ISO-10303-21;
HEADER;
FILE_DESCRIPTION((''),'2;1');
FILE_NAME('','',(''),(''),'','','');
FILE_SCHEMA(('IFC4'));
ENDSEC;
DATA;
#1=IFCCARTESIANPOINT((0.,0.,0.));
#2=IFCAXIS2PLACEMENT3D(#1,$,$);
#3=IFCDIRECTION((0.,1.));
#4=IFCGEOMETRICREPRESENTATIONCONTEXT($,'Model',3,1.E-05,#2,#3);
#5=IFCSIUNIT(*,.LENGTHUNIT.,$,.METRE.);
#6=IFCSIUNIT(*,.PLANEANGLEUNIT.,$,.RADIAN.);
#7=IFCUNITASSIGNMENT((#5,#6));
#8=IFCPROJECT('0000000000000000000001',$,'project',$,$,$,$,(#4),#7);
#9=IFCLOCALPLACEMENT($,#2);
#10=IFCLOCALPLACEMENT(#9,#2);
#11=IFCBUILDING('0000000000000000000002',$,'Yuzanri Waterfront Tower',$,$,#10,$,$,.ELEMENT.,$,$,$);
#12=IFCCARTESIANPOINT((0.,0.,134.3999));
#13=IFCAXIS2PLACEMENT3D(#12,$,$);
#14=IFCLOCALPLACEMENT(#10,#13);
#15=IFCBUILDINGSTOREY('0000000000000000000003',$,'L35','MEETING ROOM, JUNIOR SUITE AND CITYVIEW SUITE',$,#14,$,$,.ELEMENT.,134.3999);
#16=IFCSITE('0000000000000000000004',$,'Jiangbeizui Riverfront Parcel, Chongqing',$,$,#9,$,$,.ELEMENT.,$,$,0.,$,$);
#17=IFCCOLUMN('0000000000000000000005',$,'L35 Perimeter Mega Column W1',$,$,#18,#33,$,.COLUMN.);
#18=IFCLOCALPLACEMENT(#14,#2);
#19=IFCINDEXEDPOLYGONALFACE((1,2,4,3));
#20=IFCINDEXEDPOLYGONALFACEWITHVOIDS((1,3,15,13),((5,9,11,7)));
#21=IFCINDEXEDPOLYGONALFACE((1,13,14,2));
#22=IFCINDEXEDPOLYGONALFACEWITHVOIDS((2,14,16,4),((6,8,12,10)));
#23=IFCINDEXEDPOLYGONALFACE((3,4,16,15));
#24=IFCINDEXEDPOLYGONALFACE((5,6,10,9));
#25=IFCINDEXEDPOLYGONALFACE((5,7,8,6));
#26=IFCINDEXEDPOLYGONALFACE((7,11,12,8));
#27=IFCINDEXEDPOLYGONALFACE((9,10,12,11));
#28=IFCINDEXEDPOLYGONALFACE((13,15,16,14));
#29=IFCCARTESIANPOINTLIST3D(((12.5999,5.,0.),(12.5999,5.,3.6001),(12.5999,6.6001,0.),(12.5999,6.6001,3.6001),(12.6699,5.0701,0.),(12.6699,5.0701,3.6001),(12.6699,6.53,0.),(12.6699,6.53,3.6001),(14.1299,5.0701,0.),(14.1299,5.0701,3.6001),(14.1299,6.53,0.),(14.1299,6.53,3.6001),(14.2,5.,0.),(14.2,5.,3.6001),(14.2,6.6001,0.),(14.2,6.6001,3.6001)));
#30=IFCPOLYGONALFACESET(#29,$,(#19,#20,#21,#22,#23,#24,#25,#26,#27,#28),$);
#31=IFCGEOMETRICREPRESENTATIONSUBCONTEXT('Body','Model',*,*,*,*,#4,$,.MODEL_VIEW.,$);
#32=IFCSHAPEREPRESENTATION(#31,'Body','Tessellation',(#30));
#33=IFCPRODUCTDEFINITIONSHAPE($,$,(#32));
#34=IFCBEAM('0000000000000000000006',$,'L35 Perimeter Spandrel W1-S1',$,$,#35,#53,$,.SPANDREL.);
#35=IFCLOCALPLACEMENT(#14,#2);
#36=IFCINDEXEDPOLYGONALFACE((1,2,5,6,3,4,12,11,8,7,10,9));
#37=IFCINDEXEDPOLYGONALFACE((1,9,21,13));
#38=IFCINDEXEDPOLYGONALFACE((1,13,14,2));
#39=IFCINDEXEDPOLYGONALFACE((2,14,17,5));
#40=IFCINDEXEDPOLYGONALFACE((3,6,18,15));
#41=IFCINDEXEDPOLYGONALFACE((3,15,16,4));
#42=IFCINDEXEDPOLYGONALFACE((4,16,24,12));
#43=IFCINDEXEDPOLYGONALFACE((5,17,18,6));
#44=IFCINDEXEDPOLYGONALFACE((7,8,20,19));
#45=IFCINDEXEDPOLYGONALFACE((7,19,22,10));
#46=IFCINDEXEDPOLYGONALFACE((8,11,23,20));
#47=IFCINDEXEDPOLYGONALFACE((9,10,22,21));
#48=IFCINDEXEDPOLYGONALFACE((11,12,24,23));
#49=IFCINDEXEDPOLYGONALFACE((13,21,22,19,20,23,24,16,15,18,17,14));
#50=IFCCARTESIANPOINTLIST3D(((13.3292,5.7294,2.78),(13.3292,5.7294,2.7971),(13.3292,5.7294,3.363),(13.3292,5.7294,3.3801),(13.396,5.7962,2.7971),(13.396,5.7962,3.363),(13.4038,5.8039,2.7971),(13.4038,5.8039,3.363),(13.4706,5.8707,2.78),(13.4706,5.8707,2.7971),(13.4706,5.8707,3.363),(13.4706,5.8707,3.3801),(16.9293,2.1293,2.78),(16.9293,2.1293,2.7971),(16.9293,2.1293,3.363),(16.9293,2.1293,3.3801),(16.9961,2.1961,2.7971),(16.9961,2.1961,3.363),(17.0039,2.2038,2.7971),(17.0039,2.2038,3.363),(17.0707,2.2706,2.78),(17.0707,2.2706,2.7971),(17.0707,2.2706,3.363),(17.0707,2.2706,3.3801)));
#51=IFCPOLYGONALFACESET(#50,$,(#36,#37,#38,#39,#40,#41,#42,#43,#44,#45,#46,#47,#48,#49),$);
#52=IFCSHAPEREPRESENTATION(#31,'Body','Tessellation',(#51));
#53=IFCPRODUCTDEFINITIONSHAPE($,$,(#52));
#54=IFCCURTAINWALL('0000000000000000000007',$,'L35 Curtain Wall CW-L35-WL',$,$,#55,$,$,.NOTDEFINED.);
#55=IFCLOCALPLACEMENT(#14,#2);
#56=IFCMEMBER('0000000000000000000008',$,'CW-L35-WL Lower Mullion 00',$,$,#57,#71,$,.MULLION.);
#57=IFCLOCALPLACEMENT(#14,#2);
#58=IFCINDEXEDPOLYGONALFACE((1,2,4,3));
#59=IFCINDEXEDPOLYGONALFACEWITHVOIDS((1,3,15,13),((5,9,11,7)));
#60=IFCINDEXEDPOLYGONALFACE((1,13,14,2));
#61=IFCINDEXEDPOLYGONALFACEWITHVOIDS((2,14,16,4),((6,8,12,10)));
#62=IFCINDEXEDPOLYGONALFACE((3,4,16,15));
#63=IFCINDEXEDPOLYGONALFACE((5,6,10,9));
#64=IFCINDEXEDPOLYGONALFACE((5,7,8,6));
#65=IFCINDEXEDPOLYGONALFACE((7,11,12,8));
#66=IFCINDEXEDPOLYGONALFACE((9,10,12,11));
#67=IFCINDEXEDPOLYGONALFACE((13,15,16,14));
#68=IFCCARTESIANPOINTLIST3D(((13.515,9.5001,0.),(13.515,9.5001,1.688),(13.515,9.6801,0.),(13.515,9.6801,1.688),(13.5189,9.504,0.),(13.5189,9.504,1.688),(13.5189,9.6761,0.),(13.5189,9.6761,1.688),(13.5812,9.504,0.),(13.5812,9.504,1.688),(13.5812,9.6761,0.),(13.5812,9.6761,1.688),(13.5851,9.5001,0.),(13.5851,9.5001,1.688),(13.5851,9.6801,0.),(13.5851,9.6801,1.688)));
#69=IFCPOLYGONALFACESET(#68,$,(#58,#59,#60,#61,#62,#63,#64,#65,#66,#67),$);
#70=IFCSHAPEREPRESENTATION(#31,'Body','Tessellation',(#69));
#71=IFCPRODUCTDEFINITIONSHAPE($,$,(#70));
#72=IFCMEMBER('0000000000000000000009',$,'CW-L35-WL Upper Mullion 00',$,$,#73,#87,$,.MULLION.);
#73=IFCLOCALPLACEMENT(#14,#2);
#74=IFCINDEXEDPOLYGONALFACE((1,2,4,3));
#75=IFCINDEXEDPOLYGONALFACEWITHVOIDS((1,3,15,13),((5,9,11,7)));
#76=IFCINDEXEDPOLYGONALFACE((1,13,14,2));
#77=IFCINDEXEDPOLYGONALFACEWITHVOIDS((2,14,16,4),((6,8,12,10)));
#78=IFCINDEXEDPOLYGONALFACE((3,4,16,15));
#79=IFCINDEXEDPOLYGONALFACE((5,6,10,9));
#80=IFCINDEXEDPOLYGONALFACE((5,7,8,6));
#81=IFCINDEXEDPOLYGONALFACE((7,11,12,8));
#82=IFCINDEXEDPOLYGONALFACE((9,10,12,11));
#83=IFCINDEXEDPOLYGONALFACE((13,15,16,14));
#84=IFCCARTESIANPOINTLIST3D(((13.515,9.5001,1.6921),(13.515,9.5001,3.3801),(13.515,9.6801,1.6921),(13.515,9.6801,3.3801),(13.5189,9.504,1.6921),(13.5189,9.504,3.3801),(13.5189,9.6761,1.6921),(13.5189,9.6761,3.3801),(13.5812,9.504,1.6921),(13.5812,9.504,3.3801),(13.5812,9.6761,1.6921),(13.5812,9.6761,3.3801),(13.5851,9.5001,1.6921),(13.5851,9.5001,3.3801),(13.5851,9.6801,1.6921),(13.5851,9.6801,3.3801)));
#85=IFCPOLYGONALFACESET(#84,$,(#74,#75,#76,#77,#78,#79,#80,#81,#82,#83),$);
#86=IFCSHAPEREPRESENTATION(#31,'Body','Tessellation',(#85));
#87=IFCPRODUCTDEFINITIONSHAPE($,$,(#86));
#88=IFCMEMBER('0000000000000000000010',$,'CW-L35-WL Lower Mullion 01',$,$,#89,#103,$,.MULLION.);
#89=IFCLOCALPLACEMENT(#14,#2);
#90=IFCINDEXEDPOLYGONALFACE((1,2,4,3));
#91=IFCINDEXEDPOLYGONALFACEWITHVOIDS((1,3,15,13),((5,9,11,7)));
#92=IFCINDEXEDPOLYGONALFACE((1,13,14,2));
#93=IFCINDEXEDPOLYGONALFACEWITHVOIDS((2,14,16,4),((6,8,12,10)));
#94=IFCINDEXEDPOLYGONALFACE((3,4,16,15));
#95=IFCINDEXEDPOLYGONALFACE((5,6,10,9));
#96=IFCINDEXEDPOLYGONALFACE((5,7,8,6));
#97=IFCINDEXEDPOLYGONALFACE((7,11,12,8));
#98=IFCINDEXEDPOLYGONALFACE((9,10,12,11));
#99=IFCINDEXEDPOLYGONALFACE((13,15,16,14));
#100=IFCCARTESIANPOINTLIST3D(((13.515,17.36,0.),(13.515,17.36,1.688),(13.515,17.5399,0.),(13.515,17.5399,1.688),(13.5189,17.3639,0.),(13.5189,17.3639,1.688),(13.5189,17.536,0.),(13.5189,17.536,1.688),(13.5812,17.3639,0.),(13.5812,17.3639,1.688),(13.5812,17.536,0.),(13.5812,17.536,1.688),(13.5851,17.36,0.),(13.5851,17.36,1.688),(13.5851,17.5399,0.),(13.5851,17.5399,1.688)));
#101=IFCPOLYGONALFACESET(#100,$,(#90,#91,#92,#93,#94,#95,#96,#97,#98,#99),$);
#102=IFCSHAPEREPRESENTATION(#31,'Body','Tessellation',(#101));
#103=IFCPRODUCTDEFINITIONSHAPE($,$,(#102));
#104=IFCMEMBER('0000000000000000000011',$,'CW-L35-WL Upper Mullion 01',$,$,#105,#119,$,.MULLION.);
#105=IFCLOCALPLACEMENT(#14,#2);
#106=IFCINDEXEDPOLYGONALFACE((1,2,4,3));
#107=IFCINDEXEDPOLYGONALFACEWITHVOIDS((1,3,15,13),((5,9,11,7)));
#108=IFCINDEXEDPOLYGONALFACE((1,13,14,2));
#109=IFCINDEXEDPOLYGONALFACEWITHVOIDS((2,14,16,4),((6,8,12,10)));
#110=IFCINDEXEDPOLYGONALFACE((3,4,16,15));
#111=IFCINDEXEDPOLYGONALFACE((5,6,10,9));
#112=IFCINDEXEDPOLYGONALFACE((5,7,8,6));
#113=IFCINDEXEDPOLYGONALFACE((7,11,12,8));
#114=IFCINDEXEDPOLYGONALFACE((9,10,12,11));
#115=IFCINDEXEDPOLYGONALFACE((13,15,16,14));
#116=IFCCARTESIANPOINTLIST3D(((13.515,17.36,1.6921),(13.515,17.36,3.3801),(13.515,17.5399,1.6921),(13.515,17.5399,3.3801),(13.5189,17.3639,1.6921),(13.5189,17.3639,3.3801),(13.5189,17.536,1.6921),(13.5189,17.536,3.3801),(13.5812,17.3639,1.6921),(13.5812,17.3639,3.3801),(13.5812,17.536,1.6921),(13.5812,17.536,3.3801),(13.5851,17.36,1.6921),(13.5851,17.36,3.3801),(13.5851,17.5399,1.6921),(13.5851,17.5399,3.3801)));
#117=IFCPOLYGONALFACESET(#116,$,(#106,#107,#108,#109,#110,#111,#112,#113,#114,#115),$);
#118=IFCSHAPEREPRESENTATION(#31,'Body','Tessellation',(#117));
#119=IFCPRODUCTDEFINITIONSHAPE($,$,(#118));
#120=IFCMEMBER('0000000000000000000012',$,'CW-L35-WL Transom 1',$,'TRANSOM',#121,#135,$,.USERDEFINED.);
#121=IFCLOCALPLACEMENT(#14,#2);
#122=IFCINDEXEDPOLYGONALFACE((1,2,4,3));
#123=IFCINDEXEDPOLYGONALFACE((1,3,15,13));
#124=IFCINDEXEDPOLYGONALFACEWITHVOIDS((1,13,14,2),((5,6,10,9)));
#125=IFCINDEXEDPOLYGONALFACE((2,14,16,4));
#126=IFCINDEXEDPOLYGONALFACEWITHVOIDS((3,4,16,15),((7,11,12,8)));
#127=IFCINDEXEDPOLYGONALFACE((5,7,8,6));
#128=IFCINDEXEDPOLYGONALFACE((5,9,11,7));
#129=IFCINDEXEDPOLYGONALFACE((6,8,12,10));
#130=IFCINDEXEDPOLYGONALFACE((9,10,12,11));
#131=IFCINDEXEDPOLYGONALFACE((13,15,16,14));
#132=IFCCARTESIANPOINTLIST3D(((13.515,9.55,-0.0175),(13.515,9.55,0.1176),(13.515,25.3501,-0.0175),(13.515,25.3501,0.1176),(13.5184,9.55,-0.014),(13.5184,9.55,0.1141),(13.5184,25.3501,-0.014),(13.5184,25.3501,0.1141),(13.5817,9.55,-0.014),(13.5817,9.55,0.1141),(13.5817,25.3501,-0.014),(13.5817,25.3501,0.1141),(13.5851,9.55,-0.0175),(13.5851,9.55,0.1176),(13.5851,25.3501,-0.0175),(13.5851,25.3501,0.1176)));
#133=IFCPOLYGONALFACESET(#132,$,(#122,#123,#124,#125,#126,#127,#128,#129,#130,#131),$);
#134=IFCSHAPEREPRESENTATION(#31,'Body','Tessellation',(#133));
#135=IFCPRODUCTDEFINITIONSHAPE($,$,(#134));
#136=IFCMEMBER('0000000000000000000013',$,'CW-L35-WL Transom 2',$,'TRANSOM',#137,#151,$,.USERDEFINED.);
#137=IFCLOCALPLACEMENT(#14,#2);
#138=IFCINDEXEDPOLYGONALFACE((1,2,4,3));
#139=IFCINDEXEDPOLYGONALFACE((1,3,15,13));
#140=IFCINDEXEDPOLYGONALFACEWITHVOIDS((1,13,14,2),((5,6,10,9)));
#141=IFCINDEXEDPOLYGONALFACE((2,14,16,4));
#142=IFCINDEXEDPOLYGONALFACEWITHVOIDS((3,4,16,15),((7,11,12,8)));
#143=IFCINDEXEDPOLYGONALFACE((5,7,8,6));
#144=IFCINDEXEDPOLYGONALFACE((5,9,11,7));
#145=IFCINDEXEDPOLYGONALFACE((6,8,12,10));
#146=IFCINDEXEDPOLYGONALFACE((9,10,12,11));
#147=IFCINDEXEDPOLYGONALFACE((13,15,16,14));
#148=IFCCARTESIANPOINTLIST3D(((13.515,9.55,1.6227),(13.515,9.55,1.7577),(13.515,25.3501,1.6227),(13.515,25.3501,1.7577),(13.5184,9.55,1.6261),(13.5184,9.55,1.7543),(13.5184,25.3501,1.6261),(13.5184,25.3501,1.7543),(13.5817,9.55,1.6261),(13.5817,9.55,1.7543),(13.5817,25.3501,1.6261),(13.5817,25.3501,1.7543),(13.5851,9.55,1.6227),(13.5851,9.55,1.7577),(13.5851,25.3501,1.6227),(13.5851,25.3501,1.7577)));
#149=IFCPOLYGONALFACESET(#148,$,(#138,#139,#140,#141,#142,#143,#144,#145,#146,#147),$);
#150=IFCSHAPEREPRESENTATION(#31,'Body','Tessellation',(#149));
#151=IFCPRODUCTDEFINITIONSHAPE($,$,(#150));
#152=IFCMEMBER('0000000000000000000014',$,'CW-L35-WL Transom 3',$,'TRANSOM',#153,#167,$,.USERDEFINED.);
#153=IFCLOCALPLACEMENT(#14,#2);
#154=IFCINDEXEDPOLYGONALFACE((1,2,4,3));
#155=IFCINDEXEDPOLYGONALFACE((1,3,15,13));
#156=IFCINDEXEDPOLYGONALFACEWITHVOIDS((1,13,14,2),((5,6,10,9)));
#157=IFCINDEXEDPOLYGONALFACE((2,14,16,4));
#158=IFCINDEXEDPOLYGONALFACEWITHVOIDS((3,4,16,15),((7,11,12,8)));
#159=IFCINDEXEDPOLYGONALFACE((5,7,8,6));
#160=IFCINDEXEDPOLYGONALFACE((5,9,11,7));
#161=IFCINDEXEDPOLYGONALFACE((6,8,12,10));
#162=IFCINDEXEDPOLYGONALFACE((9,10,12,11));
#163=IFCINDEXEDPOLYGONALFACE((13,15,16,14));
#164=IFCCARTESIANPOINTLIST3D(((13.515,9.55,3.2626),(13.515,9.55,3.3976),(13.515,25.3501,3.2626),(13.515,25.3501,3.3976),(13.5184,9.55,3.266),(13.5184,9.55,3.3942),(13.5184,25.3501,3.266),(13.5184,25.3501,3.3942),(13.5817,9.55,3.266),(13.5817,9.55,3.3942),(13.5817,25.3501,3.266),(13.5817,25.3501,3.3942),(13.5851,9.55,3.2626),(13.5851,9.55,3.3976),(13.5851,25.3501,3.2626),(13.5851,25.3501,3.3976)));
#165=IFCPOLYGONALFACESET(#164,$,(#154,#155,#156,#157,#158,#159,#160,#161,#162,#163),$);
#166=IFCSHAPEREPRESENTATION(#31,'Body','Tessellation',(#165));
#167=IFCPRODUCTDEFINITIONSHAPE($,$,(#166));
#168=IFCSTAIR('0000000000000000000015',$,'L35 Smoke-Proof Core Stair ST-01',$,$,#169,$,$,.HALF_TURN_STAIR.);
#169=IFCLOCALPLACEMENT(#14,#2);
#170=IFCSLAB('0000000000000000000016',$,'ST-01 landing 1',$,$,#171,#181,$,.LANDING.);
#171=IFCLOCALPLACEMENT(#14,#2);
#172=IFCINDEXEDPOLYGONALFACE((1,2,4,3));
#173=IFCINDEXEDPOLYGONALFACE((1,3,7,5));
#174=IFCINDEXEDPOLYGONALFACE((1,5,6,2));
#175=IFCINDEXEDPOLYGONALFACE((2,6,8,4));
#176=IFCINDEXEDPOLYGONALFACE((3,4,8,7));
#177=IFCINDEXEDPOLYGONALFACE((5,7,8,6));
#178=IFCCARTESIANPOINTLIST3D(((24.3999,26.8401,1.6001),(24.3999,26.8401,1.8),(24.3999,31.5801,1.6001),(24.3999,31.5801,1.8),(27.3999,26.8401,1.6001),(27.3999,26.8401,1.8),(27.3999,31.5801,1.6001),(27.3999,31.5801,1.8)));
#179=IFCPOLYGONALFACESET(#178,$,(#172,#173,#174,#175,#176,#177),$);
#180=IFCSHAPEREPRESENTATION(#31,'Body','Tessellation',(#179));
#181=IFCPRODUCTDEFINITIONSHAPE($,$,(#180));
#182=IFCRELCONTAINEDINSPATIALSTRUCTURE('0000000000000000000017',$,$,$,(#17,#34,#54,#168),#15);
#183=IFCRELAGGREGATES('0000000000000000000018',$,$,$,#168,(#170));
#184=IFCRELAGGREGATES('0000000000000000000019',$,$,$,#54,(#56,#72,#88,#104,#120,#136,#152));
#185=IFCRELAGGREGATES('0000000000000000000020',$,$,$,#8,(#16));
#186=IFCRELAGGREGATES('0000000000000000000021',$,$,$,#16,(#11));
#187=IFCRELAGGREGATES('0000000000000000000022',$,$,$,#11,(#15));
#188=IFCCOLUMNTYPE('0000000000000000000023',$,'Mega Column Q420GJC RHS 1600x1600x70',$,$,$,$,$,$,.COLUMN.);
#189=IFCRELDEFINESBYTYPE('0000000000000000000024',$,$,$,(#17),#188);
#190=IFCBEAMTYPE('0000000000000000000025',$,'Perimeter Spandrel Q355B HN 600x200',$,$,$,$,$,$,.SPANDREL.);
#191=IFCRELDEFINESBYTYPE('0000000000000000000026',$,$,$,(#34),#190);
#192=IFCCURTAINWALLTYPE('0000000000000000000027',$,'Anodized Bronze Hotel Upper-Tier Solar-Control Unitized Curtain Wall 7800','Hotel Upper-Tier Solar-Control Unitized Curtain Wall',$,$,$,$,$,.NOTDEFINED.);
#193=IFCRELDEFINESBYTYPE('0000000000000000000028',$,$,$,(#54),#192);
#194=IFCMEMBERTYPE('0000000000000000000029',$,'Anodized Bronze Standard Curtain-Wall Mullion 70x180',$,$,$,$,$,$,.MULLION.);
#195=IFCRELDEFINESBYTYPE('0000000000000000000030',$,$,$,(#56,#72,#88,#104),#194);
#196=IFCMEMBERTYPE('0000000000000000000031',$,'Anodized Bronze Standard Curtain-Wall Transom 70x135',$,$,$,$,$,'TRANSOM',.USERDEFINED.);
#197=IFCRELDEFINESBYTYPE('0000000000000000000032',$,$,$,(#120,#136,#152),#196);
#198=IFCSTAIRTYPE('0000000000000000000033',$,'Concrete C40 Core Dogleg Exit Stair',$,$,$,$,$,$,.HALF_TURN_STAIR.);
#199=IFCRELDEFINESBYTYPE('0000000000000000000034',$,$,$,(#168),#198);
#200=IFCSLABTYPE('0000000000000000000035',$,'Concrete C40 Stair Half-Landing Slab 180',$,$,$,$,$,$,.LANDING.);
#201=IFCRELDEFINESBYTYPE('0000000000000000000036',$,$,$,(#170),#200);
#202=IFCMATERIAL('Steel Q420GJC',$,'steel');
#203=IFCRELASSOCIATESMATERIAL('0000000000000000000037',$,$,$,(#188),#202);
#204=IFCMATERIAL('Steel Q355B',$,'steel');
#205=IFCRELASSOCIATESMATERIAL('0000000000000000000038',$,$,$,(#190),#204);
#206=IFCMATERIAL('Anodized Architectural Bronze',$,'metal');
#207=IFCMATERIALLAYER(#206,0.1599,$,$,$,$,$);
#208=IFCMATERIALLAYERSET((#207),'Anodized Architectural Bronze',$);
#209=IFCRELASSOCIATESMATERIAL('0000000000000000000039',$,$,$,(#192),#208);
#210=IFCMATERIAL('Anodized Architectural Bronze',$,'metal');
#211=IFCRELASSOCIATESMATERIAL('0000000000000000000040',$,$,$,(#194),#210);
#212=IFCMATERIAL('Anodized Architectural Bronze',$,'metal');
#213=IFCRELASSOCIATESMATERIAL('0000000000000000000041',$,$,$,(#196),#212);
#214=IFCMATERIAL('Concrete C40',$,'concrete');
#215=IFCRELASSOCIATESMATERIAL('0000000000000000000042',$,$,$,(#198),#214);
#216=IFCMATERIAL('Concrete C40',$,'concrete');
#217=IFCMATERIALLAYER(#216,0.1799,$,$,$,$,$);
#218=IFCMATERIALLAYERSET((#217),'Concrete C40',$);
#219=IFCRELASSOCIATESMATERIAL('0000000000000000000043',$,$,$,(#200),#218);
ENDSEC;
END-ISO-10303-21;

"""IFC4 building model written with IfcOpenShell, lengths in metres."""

from ifc_helpers import new_model, si_unit, direction, frame, origin, origin_2d, place, context, subcontext, project, spatial, polyline, hollow_rectangle, i_section, outline, extrude, source, transform, mapped, material, layer, layer_set, material_profile, profile_set, type_object, element, aggregate, save


model = new_model("IFC4")

# Units and contexts
model_context = context("Model", 3, precision=1e-05, world=origin(), true_north=direction((0.0, 1.0)))
body_context = subcontext(model_context, "Body", "Model", "MODEL_VIEW")
ifc_project = project(units=[si_unit("LENGTHUNIT", "METRE"), si_unit("PLANEANGLEUNIT", "RADIAN")], contexts=[model_context])

# Site, building, storey
site_placement = place(None, origin())
site = spatial("IfcSite", under=ifc_project, at=site_placement, Name="Jiangbeizui Riverfront Parcel, Chongqing", CompositionType="ELEMENT", RefElevation=0.0)
building_placement = place(site_placement, origin())
building = spatial("IfcBuilding", under=site, at=building_placement, Name="Yuzanri Waterfront Tower", CompositionType="ELEMENT")
storey_placement = place(building_placement, frame((0.0, 0.0, 134.3999)))
storey = spatial("IfcBuildingStorey", under=building, at=storey_placement, Name="L35", Description="MEETING ROOM, JUNIOR SUITE AND CITYVIEW SUITE", CompositionType="ELEMENT", Elevation=134.3999)

# Column
ifc_material_1 = material(Name="Steel Q420GJC", Category="steel")
ifc_material_profile_1 = material_profile(ifc_material_1, hollow_rectangle(XDim=1.6001, YDim=1.6001, WallThickness=0.0701, at=origin_2d()), Name="RHS 1600x1600x70")
ifc_profile_set_1 = profile_set([ifc_material_profile_1], Name="Steel Q420GJC")
column_type = type_object("IfcColumnType", Name="Mega Column Q420GJC RHS 1600x1600x70", PredefinedType="COLUMN", material=ifc_profile_set_1)
shared_shape_1 = source(origin(), body_context, "Body", "SweptSolid", [
    extrude(hollow_rectangle(XDim=1.6001, YDim=1.6001, WallThickness=0.0701, at=origin_2d()), origin(), (0.0, 0.0, 1.0), 3.6001),
])
column_placement = place(storey_placement, frame((13.3999, 5.8, 0.0), z_axis=(0.0, 0.0, 1.0), x_axis=(1.0, 0.0, 0.0)))
element("IfcColumn", 1, at=column_placement, inside=storey, type_object=column_type, Name="L35 Perimeter Mega Column W1", PredefinedType="COLUMN", context=body_context, shape_type="MappedRepresentation", body=[
    mapped(shared_shape_1, transform((0.0, 0.0, 0.0), scale=1.0)),
])

# Beam
ifc_material_2 = material(Name="Steel Q355B", Category="steel")
ifc_material_profile_2 = material_profile(ifc_material_2, i_section(OverallWidth=0.2, OverallDepth=0.6001, WebThickness=0.011, FlangeThickness=0.0171, at=origin_2d()), Name="HN 600x200x11x17")
ifc_profile_set_2 = profile_set([ifc_material_profile_2], Name="Steel Q355B")
beam_type = type_object("IfcBeamType", Name="Perimeter Spandrel Q355B HN 600x200", PredefinedType="SPANDREL", material=ifc_profile_set_2)
shared_shape_2 = source(origin(), body_context, "Body", "SweptSolid", [
    extrude(i_section(OverallWidth=0.2, OverallDepth=0.6001, WebThickness=0.011, FlangeThickness=0.0171, at=origin_2d()), origin(), (0.0, 0.0, 1.0), 5.0913),
])
beam_placement = place(storey_placement, frame((13.3999, 5.8, 3.0801), z_axis=(0.707107, -0.707107, 0.0), x_axis=(0.707107, 0.707107, 0.0)))
element("IfcBeam", 2, at=beam_placement, inside=storey, type_object=beam_type, Name="L35 Perimeter Spandrel W1-S1", PredefinedType="SPANDREL", context=body_context, shape_type="MappedRepresentation", body=[
    mapped(shared_shape_2, transform((0.0, 0.0, 0.0), scale=1.0)),
])

# Curtain wall, members
ifc_material_3 = material(Name="Anodized Architectural Bronze", Category="metal")
ifc_layer_1 = layer(ifc_material_3, 0.1599)
ifc_layer_set_1 = layer_set([ifc_layer_1], Name="Anodized Architectural Bronze")
curtain_wall_type = type_object("IfcCurtainWallType", Name="Anodized Bronze Hotel Upper-Tier Solar-Control Unitized Curtain Wall 7800", Description="Hotel Upper-Tier Solar-Control Unitized Curtain Wall", PredefinedType="NOTDEFINED", material=ifc_layer_set_1)
curtain_wall_placement = place(storey_placement, origin())
curtain_wall = element("IfcCurtainWall", 3, at=curtain_wall_placement, inside=storey, type_object=curtain_wall_type, Name="L35 Curtain Wall CW-L35-WL", PredefinedType="NOTDEFINED")
ifc_material_4 = material(Name="Anodized Architectural Bronze", Category="metal")
ifc_material_profile_3 = material_profile(ifc_material_4, hollow_rectangle(XDim=0.0701, YDim=0.1799, WallThickness=0.0039, at=origin_2d()), Name="CWM 70x180")
ifc_profile_set_3 = profile_set([ifc_material_profile_3], Name="Anodized Architectural Bronze")
member_type_1 = type_object("IfcMemberType", Name="Anodized Bronze Standard Curtain-Wall Mullion 70x180", PredefinedType="MULLION", material=ifc_profile_set_3)
shared_shape_3 = source(origin(), body_context, "Body", "SweptSolid", [
    extrude(hollow_rectangle(XDim=0.0701, YDim=0.1799, WallThickness=0.0039, at=origin_2d()), origin(), (0.0, 0.0, 1.0), 1.688),
])
member_1_placement = place(storey_placement, frame((13.55, 9.5901, 0.0), z_axis=(0.0, 0.0, 1.0), x_axis=(1.0, 0.0, 0.0)))
member_1 = element("IfcMember", 4, at=member_1_placement, type_object=member_type_1, Name="CW-L35-WL Lower Mullion 00", PredefinedType="MULLION", context=body_context, shape_type="MappedRepresentation", body=[
    mapped(shared_shape_3, transform((0.0, 0.0, 0.0), scale=1.0)),
])
member_2_placement = place(storey_placement, frame((13.55, 9.5901, 1.6921), z_axis=(0.0, 0.0, 1.0), x_axis=(1.0, 0.0, 0.0)))
member_2 = element("IfcMember", 5, at=member_2_placement, type_object=member_type_1, Name="CW-L35-WL Upper Mullion 00", PredefinedType="MULLION", context=body_context, shape_type="MappedRepresentation", body=[
    mapped(shared_shape_3, transform((0.0, 0.0, 0.0), scale=1.0)),
])
member_3_placement = place(storey_placement, frame((13.55, 17.45, 0.0), z_axis=(0.0, 0.0, 1.0), x_axis=(1.0, 0.0, 0.0)))
member_3 = element("IfcMember", 6, at=member_3_placement, type_object=member_type_1, Name="CW-L35-WL Lower Mullion 01", PredefinedType="MULLION", context=body_context, shape_type="MappedRepresentation", body=[
    mapped(shared_shape_3, transform((0.0, 0.0, 0.0), scale=1.0)),
])
member_4_placement = place(storey_placement, frame((13.55, 17.45, 1.6921), z_axis=(0.0, 0.0, 1.0), x_axis=(1.0, 0.0, 0.0)))
member_4 = element("IfcMember", 7, at=member_4_placement, type_object=member_type_1, Name="CW-L35-WL Upper Mullion 01", PredefinedType="MULLION", context=body_context, shape_type="MappedRepresentation", body=[
    mapped(shared_shape_3, transform((0.0, 0.0, 0.0), scale=1.0)),
])
ifc_material_5 = material(Name="Anodized Architectural Bronze", Category="metal")
ifc_material_profile_4 = material_profile(ifc_material_5, hollow_rectangle(XDim=0.0701, YDim=0.135, WallThickness=0.0034, at=origin_2d()), Name="CWT 70x135")
ifc_profile_set_4 = profile_set([ifc_material_profile_4], Name="Anodized Architectural Bronze")
member_type_2 = type_object("IfcMemberType", Name="Anodized Bronze Standard Curtain-Wall Transom 70x135", ElementType="TRANSOM", PredefinedType="USERDEFINED", material=ifc_profile_set_4)
shared_shape_4 = source(origin(), body_context, "Body", "SweptSolid", [
    extrude(hollow_rectangle(XDim=0.0701, YDim=0.135, WallThickness=0.0034, at=origin_2d()), origin(), (0.0, 0.0, 1.0), 15.8),
])
member_5_placement = place(storey_placement, frame((13.55, 9.55, 0.05), z_axis=(0.0, 1.0, 0.0), x_axis=(-1.0, 0.0, 0.0)))
member_5 = element("IfcMember", 8, at=member_5_placement, type_object=member_type_2, Name="CW-L35-WL Transom 1", ObjectType="TRANSOM", PredefinedType="USERDEFINED", context=body_context, shape_type="MappedRepresentation", body=[
    mapped(shared_shape_4, transform((0.0, 0.0, 0.0), scale=1.0)),
])
member_6_placement = place(storey_placement, frame((13.55, 9.55, 1.6902), z_axis=(0.0, 1.0, 0.0), x_axis=(-1.0, 0.0, 0.0)))
member_6 = element("IfcMember", 9, at=member_6_placement, type_object=member_type_2, Name="CW-L35-WL Transom 2", ObjectType="TRANSOM", PredefinedType="USERDEFINED", context=body_context, shape_type="MappedRepresentation", body=[
    mapped(shared_shape_4, transform((0.0, 0.0, 0.0), scale=1.0)),
])
member_7_placement = place(storey_placement, frame((13.55, 9.55, 3.3301), z_axis=(0.0, 1.0, 0.0), x_axis=(-1.0, 0.0, 0.0)))
member_7 = element("IfcMember", 10, at=member_7_placement, type_object=member_type_2, Name="CW-L35-WL Transom 3", ObjectType="TRANSOM", PredefinedType="USERDEFINED", context=body_context, shape_type="MappedRepresentation", body=[
    mapped(shared_shape_4, transform((0.0, 0.0, 0.0), scale=1.0)),
])

# Stair, slab
ifc_material_6 = material(Name="Concrete C40", Category="concrete")
stair_type = type_object("IfcStairType", Name="Concrete C40 Core Dogleg Exit Stair", PredefinedType="HALF_TURN_STAIR", material=ifc_material_6)
stair_1_placement = place(storey_placement, origin())
stair_1 = element("IfcStair", 11, at=stair_1_placement, inside=storey, type_object=stair_type, Name="L35 Smoke-Proof Core Stair ST-01", PredefinedType="HALF_TURN_STAIR")
ifc_material_7 = material(Name="Concrete C40", Category="concrete")
ifc_layer_2 = layer(ifc_material_7, 0.1799)
ifc_layer_set_2 = layer_set([ifc_layer_2], Name="Concrete C40")
slab_type_1 = type_object("IfcSlabType", Name="Concrete C40 Stair Half-Landing Slab 180", PredefinedType="LANDING", material=ifc_layer_set_2)
slab_1_placement = place(storey_placement, frame((0.0, 0.0, 1.6001)))
slab_1 = element("IfcSlab", 12, at=slab_1_placement, type_object=slab_type_1, Name="ST-01 landing 1", PredefinedType="LANDING", context=body_context, shape_type="SweptSolid", body=[
    extrude(outline(polyline([(27.3999, 26.8401), (27.3999, 31.5801), (24.3999, 31.5801), (24.3999, 26.8401), (27.3999, 26.8401)])), origin(), (0.0, 0.0, 1.0), 0.2),
])
aggregate(stair_1, [slab_1])

aggregate(curtain_wall, [member_1, member_2, member_3, member_4, member_5, member_6, member_7])

save(model, "model.ifc")
